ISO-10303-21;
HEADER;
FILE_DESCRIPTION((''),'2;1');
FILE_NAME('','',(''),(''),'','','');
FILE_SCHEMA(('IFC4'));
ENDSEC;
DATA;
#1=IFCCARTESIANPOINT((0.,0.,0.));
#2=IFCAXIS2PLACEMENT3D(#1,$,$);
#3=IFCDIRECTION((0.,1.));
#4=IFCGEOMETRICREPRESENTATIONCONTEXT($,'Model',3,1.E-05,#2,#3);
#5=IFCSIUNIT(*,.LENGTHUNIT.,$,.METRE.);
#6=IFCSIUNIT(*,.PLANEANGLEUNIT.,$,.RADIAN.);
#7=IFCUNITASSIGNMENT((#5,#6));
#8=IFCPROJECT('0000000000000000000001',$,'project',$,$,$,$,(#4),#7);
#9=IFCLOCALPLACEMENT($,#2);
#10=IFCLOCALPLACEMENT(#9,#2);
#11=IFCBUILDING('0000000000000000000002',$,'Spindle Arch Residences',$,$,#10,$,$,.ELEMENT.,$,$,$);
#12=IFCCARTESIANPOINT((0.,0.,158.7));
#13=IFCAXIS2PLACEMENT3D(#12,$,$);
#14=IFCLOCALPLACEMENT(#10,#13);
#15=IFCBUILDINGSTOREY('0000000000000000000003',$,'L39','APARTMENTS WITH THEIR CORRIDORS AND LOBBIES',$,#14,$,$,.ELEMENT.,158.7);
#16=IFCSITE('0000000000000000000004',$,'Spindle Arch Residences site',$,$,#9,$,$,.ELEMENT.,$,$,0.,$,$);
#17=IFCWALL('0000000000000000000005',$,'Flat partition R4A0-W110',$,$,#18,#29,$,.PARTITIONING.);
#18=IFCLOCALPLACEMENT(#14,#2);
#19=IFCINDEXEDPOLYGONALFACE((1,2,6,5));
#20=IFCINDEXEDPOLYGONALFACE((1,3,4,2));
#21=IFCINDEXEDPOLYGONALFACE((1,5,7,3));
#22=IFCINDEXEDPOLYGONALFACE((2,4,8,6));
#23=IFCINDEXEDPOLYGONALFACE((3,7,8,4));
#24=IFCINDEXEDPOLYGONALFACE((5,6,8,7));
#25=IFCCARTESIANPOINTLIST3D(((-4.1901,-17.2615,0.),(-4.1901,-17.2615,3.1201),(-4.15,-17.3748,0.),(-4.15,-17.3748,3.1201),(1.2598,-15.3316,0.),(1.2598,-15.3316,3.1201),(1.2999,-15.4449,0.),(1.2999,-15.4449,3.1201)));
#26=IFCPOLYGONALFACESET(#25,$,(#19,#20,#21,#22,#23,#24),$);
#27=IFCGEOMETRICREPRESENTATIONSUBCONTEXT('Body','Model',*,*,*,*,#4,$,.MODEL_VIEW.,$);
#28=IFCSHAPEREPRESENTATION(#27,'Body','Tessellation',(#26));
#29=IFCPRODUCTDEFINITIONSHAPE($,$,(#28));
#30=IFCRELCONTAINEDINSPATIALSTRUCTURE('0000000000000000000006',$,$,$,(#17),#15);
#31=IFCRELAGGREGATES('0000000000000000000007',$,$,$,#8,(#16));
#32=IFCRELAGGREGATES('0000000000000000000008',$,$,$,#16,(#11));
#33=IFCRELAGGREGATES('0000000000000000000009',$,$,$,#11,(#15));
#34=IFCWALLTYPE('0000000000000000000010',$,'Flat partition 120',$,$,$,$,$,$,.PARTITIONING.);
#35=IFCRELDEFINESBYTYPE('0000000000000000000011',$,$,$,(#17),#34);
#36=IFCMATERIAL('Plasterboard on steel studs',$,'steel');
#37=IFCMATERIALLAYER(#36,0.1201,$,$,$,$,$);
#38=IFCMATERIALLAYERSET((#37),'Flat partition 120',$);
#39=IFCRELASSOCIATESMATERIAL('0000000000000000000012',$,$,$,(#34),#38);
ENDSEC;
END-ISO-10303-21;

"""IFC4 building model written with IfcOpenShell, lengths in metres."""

from ifc_helpers import new_model, si_unit, direction, frame, frame_2d, origin, place, context, subcontext, project, spatial, rectangle, extrude, material, layer, layer_set, type_object, element, save


model = new_model("IFC4")

# Units and contexts
model_context = context("Model", 3, precision=1e-05, world=origin(), true_north=direction((0.0, 1.0)))
body_context = subcontext(model_context, "Body", "Model", "MODEL_VIEW")
ifc_project = project(units=[si_unit("LENGTHUNIT", "METRE"), si_unit("PLANEANGLEUNIT", "RADIAN")], contexts=[model_context])

# Site, building, storey
site_placement = place(None, origin())
site = spatial("IfcSite", under=ifc_project, at=site_placement, Name="Spindle Arch Residences site", CompositionType="ELEMENT", RefElevation=0.0)
building_placement = place(site_placement, origin())
building = spatial("IfcBuilding", under=site, at=building_placement, Name="Spindle Arch Residences", CompositionType="ELEMENT")
storey_placement = place(building_placement, frame((0.0, 0.0, 158.7)))
storey = spatial("IfcBuildingStorey", under=building, at=storey_placement, Name="L39", Description="APARTMENTS WITH THEIR CORRIDORS AND LOBBIES", CompositionType="ELEMENT", Elevation=158.7)

# Shared definitions
ifc_material_1 = material(Name="Plasterboard on steel studs", Category="steel")
ifc_layer_1 = layer(ifc_material_1, 0.1201)
ifc_layer_set_1 = layer_set([ifc_layer_1], Name="Flat partition 120")
wall_type_1 = type_object("IfcWallType", Name="Flat partition 120", PredefinedType="PARTITIONING", material=ifc_layer_set_1)

# Wall
wall_1_placement = place(storey_placement, frame((-4.1699, -17.3181, 0.0), z_axis=(0.0, 0.0, 1.0), x_axis=(0.942641, 0.333807, 0.0)))
element("IfcWall", 1, at=wall_1_placement, inside=storey, type_object=wall_type_1, Name="Flat partition R4A0-W110", PredefinedType="PARTITIONING", context=body_context, shape_type="SweptSolid", body=[
    extrude(rectangle(XDim=5.7815, YDim=0.1201, at=frame_2d((2.8906, 0.0))), origin(), (0.0, 0.0, 1.0), 3.1201),
])

save(model, "model.ifc")
